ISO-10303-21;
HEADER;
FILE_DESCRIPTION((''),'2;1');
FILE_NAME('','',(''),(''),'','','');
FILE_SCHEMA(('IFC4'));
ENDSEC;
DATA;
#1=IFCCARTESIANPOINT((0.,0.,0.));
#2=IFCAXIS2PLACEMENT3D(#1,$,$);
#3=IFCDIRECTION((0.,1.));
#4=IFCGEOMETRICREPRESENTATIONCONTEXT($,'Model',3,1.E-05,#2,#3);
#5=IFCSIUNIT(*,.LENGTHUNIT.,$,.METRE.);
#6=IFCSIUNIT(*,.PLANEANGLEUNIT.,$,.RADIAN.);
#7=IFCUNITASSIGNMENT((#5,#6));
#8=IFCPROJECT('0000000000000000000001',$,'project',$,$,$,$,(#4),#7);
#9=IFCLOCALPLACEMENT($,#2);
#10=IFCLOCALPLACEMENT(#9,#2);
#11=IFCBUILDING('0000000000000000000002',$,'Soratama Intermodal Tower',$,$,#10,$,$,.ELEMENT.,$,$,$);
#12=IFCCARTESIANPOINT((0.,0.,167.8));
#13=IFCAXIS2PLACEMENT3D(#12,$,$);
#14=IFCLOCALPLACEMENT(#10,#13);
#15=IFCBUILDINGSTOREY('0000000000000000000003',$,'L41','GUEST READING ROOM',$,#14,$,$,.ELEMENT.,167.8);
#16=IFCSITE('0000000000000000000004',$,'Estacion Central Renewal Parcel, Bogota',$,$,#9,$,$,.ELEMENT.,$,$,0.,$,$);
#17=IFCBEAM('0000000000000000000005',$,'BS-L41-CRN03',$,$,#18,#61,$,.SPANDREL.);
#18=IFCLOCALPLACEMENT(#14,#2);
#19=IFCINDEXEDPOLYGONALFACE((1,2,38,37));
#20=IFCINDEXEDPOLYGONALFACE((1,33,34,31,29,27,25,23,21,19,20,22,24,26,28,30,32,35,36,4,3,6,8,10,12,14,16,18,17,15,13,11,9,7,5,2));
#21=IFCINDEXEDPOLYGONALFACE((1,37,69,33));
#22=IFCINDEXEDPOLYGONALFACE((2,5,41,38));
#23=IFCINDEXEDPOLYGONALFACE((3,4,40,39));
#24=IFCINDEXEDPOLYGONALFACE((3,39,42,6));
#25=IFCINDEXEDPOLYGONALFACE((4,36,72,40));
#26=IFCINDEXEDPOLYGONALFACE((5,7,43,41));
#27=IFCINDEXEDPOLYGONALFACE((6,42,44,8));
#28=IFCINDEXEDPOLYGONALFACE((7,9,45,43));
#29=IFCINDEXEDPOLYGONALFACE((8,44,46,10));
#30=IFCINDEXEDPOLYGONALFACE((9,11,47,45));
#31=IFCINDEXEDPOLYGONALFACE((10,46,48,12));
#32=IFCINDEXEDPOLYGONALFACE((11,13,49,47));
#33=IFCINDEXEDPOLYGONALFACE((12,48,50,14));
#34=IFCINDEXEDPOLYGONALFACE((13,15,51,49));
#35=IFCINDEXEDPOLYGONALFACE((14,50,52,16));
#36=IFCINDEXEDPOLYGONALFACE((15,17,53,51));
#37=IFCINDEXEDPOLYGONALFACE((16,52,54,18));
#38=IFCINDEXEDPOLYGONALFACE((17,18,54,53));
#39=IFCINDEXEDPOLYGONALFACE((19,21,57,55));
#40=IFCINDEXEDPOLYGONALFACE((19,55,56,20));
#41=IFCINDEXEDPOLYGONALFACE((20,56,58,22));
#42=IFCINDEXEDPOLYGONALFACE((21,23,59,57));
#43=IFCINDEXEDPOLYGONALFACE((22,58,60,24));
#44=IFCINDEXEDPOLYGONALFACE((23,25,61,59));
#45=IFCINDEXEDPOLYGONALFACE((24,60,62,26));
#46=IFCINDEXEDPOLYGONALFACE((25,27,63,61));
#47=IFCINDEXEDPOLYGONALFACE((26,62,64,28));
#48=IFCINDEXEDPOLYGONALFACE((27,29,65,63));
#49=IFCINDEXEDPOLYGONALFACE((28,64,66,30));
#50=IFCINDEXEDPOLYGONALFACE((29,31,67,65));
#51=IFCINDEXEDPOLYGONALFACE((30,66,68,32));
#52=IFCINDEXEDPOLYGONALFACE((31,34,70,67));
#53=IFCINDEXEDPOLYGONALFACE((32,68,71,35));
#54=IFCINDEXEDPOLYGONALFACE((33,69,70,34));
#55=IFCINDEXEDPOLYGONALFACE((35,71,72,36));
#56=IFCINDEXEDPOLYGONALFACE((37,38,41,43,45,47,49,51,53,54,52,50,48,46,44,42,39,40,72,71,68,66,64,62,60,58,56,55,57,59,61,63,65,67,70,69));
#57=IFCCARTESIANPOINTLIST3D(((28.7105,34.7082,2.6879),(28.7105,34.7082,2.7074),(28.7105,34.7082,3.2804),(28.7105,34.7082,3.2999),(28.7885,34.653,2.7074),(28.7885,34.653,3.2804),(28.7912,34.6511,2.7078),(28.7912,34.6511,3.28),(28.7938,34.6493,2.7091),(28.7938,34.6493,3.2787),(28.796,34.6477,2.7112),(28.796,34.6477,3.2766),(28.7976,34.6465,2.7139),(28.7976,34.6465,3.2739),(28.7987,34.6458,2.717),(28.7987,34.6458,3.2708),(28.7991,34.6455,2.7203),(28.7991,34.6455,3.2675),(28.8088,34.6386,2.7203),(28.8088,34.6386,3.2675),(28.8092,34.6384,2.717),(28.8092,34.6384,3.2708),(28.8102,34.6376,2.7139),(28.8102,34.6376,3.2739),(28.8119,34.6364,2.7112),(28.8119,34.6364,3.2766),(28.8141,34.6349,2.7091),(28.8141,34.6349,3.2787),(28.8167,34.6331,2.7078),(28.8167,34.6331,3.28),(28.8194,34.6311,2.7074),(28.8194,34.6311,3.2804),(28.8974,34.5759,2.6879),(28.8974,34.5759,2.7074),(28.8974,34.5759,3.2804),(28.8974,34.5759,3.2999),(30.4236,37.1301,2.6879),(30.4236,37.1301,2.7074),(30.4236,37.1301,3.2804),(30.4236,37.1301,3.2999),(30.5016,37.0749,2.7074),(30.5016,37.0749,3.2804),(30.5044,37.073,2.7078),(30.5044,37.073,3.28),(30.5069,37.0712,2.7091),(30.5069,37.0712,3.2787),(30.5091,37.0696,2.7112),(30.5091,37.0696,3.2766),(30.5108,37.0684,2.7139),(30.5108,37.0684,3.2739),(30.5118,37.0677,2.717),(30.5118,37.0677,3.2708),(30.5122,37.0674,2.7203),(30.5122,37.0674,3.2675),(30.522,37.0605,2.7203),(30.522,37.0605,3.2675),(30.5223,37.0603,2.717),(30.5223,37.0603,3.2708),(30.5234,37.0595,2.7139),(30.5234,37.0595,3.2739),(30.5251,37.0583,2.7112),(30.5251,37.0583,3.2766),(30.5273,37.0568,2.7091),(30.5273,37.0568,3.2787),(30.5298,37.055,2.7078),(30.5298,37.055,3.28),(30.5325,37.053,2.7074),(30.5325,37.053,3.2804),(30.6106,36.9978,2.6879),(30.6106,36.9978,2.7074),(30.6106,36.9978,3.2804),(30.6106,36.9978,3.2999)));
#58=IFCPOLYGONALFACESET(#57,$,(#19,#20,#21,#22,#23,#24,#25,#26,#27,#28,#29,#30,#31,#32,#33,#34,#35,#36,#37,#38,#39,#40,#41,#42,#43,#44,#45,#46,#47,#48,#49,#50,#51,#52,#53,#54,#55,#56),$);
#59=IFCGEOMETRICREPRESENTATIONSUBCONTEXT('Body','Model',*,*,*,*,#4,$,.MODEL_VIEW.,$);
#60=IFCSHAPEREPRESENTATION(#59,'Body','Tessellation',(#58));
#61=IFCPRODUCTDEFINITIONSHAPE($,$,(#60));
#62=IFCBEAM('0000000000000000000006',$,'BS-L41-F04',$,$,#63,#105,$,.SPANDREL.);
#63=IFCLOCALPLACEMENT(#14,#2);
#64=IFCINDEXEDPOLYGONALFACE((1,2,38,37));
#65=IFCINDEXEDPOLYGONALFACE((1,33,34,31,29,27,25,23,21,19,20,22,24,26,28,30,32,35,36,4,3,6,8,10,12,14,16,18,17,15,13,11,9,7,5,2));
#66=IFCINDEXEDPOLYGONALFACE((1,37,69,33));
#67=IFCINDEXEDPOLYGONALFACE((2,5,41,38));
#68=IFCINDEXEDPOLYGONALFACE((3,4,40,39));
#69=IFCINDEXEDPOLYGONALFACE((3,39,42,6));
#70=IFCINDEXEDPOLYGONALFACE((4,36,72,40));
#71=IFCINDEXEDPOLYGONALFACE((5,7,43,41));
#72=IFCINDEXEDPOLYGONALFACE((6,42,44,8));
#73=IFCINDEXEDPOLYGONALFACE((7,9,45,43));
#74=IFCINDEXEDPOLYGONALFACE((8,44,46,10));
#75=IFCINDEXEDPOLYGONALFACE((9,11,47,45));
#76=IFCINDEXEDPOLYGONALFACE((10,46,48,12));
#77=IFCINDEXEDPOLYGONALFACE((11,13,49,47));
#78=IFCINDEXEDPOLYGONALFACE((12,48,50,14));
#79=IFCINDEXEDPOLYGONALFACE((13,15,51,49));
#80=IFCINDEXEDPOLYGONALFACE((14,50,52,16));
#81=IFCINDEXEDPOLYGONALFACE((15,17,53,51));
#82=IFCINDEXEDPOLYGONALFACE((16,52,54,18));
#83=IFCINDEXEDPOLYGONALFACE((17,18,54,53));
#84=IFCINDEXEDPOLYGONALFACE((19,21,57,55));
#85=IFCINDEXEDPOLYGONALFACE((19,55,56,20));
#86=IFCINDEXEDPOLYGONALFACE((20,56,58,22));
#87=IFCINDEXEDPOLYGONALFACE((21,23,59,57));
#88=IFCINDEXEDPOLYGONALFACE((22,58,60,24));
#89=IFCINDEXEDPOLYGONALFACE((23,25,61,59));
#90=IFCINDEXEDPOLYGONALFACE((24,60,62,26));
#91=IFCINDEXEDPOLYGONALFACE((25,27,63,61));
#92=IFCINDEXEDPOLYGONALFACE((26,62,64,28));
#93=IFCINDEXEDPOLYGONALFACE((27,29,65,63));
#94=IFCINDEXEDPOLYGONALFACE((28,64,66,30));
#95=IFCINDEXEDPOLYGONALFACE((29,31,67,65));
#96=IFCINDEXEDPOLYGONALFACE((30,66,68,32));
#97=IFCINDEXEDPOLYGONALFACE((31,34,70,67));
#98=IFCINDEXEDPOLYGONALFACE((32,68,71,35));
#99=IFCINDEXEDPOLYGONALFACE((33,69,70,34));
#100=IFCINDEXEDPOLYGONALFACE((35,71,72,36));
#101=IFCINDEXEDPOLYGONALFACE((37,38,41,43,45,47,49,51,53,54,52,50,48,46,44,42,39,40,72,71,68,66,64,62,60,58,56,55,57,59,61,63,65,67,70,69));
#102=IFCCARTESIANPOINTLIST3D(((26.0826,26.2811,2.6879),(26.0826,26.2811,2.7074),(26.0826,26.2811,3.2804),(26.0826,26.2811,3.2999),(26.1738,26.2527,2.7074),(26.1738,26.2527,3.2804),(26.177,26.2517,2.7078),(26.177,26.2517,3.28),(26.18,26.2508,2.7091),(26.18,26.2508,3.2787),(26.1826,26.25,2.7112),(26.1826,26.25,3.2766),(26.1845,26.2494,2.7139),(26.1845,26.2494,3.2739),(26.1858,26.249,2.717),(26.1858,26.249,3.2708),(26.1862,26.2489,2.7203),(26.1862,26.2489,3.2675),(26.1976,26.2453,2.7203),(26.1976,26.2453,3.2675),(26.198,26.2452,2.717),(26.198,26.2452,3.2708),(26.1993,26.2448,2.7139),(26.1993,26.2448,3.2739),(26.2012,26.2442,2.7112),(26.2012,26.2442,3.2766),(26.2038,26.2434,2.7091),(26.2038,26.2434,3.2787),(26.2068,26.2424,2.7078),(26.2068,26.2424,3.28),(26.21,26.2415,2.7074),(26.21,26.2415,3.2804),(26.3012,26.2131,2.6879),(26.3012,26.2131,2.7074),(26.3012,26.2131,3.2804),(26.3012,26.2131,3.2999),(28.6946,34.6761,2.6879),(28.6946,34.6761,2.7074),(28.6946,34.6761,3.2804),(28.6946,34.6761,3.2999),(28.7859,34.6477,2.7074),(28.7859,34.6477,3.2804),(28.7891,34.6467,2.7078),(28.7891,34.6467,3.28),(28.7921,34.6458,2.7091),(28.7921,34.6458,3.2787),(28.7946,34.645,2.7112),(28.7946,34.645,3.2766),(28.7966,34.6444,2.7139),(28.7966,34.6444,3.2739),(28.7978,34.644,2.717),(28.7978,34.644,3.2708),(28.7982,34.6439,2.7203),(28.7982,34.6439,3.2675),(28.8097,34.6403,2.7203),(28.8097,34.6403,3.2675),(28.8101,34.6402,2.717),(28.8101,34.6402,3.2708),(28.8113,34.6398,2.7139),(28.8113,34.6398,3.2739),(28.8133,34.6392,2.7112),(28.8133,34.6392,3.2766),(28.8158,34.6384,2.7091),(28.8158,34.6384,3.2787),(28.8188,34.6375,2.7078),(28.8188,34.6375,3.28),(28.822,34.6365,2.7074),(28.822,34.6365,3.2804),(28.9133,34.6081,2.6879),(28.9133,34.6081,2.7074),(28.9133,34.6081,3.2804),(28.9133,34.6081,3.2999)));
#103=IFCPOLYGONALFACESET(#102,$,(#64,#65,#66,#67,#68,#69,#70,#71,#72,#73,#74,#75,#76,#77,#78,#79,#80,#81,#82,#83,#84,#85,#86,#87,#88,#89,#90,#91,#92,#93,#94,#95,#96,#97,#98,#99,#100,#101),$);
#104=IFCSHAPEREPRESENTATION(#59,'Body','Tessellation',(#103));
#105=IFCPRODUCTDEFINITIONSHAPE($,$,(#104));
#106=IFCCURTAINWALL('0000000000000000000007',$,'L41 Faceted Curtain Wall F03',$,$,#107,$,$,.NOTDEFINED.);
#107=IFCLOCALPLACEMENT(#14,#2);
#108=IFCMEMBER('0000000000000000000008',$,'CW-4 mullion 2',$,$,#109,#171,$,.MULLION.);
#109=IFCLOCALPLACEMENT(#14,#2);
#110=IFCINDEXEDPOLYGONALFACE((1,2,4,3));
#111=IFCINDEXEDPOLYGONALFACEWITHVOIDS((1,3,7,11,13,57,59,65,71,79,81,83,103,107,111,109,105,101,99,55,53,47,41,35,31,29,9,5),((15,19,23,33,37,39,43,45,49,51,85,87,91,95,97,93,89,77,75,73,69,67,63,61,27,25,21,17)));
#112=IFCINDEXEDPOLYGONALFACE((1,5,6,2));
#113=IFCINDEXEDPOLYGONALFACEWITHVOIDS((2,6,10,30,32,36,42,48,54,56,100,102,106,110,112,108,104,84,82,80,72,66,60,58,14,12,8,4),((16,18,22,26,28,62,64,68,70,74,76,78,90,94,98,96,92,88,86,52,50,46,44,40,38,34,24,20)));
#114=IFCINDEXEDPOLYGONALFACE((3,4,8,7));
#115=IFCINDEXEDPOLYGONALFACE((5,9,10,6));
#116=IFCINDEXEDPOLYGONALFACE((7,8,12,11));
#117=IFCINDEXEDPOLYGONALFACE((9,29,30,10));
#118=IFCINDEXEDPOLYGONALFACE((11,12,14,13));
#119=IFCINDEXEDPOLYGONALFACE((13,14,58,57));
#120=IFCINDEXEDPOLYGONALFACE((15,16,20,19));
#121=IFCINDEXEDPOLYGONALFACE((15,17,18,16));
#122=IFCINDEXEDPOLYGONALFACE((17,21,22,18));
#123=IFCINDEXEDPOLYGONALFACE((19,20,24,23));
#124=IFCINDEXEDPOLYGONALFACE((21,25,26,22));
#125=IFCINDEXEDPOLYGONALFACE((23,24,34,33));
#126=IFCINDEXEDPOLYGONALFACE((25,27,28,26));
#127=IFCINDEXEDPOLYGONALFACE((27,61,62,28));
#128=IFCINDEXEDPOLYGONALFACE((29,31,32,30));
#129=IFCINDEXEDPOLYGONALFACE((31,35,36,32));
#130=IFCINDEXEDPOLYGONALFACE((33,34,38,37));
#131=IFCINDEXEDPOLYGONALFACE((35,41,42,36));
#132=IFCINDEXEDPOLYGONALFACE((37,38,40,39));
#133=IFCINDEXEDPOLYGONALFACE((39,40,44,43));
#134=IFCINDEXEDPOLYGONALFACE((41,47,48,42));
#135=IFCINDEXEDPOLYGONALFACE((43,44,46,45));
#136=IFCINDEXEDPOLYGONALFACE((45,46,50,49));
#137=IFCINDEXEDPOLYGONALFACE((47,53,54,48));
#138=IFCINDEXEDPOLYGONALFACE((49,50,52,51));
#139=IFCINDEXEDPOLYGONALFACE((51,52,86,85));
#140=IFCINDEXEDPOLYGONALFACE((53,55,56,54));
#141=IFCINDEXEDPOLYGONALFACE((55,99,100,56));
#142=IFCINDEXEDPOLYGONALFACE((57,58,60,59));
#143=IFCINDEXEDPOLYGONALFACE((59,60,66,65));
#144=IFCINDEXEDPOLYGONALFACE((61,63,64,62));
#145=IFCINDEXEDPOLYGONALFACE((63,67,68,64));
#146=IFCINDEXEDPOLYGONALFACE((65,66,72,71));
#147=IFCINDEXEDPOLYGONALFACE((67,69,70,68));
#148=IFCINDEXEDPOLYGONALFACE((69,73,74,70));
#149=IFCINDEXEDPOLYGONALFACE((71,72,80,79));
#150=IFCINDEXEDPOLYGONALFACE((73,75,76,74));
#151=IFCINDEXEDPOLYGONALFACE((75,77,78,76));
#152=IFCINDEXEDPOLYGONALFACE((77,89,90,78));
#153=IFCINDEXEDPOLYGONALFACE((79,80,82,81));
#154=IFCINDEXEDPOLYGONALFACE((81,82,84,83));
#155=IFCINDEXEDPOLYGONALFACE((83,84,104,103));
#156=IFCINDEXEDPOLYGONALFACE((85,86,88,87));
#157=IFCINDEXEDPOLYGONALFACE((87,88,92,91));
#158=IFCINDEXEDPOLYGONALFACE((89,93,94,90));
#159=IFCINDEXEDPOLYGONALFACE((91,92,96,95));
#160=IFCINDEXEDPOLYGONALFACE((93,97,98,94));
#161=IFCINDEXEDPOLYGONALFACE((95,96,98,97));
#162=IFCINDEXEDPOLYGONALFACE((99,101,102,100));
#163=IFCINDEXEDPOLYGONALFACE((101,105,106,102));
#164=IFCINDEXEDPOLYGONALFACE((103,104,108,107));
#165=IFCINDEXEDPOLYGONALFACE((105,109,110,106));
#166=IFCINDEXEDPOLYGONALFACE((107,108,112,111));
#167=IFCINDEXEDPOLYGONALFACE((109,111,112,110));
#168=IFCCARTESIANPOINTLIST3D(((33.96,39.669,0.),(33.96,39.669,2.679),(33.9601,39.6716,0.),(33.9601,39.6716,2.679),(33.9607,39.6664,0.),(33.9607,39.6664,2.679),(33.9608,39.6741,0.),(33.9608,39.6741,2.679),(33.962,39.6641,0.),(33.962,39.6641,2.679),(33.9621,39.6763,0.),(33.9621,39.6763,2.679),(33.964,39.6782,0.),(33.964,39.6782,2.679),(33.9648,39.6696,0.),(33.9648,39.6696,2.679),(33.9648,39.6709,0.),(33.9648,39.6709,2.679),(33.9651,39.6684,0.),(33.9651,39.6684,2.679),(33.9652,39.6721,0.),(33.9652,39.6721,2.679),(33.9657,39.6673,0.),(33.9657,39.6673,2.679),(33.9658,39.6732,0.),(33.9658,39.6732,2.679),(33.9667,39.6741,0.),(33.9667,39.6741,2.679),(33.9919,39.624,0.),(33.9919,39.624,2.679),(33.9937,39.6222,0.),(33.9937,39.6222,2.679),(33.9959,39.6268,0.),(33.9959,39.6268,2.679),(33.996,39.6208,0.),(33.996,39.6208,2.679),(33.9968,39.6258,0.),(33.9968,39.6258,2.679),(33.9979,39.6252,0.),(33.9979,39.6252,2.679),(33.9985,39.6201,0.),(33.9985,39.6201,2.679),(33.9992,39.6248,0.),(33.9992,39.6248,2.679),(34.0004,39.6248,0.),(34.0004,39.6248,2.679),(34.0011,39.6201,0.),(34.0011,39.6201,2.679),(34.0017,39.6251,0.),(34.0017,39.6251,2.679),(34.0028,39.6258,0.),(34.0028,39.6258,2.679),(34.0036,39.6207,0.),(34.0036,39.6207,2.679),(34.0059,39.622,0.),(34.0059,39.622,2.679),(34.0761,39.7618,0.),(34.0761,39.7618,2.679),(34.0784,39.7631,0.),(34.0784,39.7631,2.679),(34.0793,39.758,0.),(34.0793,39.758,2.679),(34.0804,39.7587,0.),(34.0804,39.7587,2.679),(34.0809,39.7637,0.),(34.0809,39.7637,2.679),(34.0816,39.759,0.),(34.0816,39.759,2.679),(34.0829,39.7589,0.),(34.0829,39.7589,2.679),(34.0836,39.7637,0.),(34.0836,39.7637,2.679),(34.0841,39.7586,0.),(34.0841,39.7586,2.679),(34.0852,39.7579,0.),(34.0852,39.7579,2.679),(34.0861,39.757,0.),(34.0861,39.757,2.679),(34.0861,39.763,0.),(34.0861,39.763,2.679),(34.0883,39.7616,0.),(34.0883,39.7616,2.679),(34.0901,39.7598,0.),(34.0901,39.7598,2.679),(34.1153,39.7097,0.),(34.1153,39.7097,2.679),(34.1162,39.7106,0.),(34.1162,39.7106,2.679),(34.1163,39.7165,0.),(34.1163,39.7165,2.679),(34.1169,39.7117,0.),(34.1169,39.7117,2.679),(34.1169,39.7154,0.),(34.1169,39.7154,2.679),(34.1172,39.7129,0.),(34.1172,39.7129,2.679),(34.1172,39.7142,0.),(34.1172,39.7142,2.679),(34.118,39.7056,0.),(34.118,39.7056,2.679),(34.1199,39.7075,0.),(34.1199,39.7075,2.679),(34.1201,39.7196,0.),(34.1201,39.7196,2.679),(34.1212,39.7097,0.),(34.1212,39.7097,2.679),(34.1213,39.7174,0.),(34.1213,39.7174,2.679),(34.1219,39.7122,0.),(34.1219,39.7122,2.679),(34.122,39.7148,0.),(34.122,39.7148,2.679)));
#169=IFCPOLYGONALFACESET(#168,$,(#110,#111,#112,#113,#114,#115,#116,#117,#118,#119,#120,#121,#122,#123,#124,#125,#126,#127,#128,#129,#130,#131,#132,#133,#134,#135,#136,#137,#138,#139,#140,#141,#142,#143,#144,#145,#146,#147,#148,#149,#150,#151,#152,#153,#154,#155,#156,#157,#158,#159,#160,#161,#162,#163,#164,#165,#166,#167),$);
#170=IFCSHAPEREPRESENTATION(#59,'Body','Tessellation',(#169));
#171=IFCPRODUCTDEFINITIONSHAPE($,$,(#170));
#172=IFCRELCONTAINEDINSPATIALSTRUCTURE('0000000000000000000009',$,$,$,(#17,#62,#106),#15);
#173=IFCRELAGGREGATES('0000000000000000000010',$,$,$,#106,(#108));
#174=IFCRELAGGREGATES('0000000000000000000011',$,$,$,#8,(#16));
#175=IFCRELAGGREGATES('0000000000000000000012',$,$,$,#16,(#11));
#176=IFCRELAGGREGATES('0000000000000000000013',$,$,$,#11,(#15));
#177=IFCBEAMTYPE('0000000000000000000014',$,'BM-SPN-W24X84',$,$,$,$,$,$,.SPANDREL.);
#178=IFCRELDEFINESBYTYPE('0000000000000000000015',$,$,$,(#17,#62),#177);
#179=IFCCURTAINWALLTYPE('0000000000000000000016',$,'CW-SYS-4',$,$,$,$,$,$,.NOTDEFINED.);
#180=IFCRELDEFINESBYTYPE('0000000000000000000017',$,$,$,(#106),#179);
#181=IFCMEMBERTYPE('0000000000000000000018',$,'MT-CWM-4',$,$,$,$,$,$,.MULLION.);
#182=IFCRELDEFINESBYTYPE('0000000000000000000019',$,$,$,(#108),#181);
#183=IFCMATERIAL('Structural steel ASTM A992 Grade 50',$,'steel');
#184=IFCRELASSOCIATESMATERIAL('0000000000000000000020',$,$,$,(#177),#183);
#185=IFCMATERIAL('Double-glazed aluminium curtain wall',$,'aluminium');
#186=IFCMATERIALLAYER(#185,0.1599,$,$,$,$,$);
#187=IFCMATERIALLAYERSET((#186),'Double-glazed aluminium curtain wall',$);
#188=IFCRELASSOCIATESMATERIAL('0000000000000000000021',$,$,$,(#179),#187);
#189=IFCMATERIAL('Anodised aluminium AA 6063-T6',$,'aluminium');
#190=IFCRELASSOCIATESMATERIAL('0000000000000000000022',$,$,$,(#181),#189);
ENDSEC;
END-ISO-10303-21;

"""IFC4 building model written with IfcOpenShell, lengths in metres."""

from ifc_helpers import new_model, si_unit, direction, frame, origin, origin_2d, place, context, subcontext, project, spatial, hollow_rectangle, i_section, extrude, material, layer, layer_set, material_profile, profile_set, type_object, element, aggregate, save


model = new_model("IFC4")

# Units and contexts
model_context = context("Model", 3, precision=1e-05, world=origin(), true_north=direction((0.0, 1.0)))
body_context = subcontext(model_context, "Body", "Model", "MODEL_VIEW")
ifc_project = project(units=[si_unit("LENGTHUNIT", "METRE"), si_unit("PLANEANGLEUNIT", "RADIAN")], contexts=[model_context])

# Site, building, storey
site_placement = place(None, origin())
site = spatial("IfcSite", under=ifc_project, at=site_placement, Name="Estacion Central Renewal Parcel, Bogota", CompositionType="ELEMENT", RefElevation=0.0)
building_placement = place(site_placement, origin())
building = spatial("IfcBuilding", under=site, at=building_placement, Name="Soratama Intermodal Tower", CompositionType="ELEMENT")
storey_placement = place(building_placement, frame((0.0, 0.0, 167.8)))
storey = spatial("IfcBuildingStorey", under=building, at=storey_placement, Name="L41", Description="GUEST READING ROOM", CompositionType="ELEMENT", Elevation=167.8)

# Beams
ifc_material_1 = material(Name="Structural steel ASTM A992 Grade 50", Category="steel")
ifc_material_profile_1 = material_profile(ifc_material_1, i_section(OverallWidth=0.229, OverallDepth=0.6121, WebThickness=0.012, FlangeThickness=0.0195, FilletRadius=0.0129, at=origin_2d()), Name="W24X84")
ifc_profile_set_1 = profile_set([ifc_material_profile_1], Name="Structural steel ASTM A992 Grade 50")
beam_type_1 = type_object("IfcBeamType", Name="BM-SPN-W24X84", PredefinedType="SPANDREL", material=ifc_profile_set_1)
beam_1_placement = place(storey_placement, frame((30.5171, 37.064, 2.9939), z_axis=(-0.577487, -0.8164, 0.0), x_axis=(0.8164, -0.577487, 0.0)))
element("IfcBeam", 1, at=beam_1_placement, inside=storey, type_object=beam_type_1, Name="BS-L41-CRN03", PredefinedType="SPANDREL", context=body_context, shape_type="SweptSolid", body=[
    extrude(i_section(OverallWidth=0.229, OverallDepth=0.6121, WebThickness=0.012, FlangeThickness=0.0195, FilletRadius=0.0129, at=origin_2d()), origin(), (0.0, 0.0, 1.0), 2.9666),
])
beam_2_placement = place(storey_placement, frame((28.804, 34.6421, 2.9939), z_axis=(-0.297095, -0.954848, 0.0), x_axis=(0.954848, -0.297095, 0.0)))
element("IfcBeam", 2, at=beam_2_placement, inside=storey, type_object=beam_type_1, Name="BS-L41-F04", PredefinedType="SPANDREL", context=body_context, shape_type="SweptSolid", body=[
    extrude(i_section(OverallWidth=0.229, OverallDepth=0.6121, WebThickness=0.012, FlangeThickness=0.0195, FilletRadius=0.0129, at=origin_2d()), origin(), (0.0, 0.0, 1.0), 8.792),
])

# Curtain wall, member
ifc_material_2 = material(Name="Double-glazed aluminium curtain wall", Category="aluminium")
ifc_layer_1 = layer(ifc_material_2, 0.1599)
ifc_layer_set_1 = layer_set([ifc_layer_1], Name="Double-glazed aluminium curtain wall")
curtain_wall_type = type_object("IfcCurtainWallType", Name="CW-SYS-4", PredefinedType="NOTDEFINED", material=ifc_layer_set_1)
curtain_wall_placement = place(storey_placement, origin())
curtain_wall = element("IfcCurtainWall", 3, at=curtain_wall_placement, inside=storey, type_object=curtain_wall_type, Name="L41 Faceted Curtain Wall F03", PredefinedType="NOTDEFINED")
ifc_material_3 = material(Name="Anodised aluminium AA 6063-T6", Category="aluminium")
ifc_material_profile_2 = material_profile(ifc_material_3, hollow_rectangle(XDim=0.0701, YDim=0.1599, WallThickness=0.0049, InnerFilletRadius=0.0049, OuterFilletRadius=0.01, at=origin_2d()), Name="CWM160X70X5")
ifc_profile_set_2 = profile_set([ifc_material_profile_2], Name="Anodised aluminium AA 6063-T6")
member_type_1 = type_object("IfcMemberType", Name="MT-CWM-4", PredefinedType="MULLION", material=ifc_profile_set_2)
member_1_placement = place(storey_placement, frame((34.041, 39.6919, 0.0), z_axis=(0.0, 0.0, 1.0), x_axis=(0.597907, -0.801566, 0.0)))
member_1 = element("IfcMember", 4, at=member_1_placement, type_object=member_type_1, Name="CW-4 mullion 2", PredefinedType="MULLION", context=body_context, shape_type="SweptSolid", body=[
    extrude(hollow_rectangle(XDim=0.0701, YDim=0.1599, WallThickness=0.0049, InnerFilletRadius=0.0049, OuterFilletRadius=0.01, at=origin_2d()), origin(), (0.0, 0.0, 1.0), 2.679),
])
aggregate(curtain_wall, [member_1])

save(model, "model.ifc")
